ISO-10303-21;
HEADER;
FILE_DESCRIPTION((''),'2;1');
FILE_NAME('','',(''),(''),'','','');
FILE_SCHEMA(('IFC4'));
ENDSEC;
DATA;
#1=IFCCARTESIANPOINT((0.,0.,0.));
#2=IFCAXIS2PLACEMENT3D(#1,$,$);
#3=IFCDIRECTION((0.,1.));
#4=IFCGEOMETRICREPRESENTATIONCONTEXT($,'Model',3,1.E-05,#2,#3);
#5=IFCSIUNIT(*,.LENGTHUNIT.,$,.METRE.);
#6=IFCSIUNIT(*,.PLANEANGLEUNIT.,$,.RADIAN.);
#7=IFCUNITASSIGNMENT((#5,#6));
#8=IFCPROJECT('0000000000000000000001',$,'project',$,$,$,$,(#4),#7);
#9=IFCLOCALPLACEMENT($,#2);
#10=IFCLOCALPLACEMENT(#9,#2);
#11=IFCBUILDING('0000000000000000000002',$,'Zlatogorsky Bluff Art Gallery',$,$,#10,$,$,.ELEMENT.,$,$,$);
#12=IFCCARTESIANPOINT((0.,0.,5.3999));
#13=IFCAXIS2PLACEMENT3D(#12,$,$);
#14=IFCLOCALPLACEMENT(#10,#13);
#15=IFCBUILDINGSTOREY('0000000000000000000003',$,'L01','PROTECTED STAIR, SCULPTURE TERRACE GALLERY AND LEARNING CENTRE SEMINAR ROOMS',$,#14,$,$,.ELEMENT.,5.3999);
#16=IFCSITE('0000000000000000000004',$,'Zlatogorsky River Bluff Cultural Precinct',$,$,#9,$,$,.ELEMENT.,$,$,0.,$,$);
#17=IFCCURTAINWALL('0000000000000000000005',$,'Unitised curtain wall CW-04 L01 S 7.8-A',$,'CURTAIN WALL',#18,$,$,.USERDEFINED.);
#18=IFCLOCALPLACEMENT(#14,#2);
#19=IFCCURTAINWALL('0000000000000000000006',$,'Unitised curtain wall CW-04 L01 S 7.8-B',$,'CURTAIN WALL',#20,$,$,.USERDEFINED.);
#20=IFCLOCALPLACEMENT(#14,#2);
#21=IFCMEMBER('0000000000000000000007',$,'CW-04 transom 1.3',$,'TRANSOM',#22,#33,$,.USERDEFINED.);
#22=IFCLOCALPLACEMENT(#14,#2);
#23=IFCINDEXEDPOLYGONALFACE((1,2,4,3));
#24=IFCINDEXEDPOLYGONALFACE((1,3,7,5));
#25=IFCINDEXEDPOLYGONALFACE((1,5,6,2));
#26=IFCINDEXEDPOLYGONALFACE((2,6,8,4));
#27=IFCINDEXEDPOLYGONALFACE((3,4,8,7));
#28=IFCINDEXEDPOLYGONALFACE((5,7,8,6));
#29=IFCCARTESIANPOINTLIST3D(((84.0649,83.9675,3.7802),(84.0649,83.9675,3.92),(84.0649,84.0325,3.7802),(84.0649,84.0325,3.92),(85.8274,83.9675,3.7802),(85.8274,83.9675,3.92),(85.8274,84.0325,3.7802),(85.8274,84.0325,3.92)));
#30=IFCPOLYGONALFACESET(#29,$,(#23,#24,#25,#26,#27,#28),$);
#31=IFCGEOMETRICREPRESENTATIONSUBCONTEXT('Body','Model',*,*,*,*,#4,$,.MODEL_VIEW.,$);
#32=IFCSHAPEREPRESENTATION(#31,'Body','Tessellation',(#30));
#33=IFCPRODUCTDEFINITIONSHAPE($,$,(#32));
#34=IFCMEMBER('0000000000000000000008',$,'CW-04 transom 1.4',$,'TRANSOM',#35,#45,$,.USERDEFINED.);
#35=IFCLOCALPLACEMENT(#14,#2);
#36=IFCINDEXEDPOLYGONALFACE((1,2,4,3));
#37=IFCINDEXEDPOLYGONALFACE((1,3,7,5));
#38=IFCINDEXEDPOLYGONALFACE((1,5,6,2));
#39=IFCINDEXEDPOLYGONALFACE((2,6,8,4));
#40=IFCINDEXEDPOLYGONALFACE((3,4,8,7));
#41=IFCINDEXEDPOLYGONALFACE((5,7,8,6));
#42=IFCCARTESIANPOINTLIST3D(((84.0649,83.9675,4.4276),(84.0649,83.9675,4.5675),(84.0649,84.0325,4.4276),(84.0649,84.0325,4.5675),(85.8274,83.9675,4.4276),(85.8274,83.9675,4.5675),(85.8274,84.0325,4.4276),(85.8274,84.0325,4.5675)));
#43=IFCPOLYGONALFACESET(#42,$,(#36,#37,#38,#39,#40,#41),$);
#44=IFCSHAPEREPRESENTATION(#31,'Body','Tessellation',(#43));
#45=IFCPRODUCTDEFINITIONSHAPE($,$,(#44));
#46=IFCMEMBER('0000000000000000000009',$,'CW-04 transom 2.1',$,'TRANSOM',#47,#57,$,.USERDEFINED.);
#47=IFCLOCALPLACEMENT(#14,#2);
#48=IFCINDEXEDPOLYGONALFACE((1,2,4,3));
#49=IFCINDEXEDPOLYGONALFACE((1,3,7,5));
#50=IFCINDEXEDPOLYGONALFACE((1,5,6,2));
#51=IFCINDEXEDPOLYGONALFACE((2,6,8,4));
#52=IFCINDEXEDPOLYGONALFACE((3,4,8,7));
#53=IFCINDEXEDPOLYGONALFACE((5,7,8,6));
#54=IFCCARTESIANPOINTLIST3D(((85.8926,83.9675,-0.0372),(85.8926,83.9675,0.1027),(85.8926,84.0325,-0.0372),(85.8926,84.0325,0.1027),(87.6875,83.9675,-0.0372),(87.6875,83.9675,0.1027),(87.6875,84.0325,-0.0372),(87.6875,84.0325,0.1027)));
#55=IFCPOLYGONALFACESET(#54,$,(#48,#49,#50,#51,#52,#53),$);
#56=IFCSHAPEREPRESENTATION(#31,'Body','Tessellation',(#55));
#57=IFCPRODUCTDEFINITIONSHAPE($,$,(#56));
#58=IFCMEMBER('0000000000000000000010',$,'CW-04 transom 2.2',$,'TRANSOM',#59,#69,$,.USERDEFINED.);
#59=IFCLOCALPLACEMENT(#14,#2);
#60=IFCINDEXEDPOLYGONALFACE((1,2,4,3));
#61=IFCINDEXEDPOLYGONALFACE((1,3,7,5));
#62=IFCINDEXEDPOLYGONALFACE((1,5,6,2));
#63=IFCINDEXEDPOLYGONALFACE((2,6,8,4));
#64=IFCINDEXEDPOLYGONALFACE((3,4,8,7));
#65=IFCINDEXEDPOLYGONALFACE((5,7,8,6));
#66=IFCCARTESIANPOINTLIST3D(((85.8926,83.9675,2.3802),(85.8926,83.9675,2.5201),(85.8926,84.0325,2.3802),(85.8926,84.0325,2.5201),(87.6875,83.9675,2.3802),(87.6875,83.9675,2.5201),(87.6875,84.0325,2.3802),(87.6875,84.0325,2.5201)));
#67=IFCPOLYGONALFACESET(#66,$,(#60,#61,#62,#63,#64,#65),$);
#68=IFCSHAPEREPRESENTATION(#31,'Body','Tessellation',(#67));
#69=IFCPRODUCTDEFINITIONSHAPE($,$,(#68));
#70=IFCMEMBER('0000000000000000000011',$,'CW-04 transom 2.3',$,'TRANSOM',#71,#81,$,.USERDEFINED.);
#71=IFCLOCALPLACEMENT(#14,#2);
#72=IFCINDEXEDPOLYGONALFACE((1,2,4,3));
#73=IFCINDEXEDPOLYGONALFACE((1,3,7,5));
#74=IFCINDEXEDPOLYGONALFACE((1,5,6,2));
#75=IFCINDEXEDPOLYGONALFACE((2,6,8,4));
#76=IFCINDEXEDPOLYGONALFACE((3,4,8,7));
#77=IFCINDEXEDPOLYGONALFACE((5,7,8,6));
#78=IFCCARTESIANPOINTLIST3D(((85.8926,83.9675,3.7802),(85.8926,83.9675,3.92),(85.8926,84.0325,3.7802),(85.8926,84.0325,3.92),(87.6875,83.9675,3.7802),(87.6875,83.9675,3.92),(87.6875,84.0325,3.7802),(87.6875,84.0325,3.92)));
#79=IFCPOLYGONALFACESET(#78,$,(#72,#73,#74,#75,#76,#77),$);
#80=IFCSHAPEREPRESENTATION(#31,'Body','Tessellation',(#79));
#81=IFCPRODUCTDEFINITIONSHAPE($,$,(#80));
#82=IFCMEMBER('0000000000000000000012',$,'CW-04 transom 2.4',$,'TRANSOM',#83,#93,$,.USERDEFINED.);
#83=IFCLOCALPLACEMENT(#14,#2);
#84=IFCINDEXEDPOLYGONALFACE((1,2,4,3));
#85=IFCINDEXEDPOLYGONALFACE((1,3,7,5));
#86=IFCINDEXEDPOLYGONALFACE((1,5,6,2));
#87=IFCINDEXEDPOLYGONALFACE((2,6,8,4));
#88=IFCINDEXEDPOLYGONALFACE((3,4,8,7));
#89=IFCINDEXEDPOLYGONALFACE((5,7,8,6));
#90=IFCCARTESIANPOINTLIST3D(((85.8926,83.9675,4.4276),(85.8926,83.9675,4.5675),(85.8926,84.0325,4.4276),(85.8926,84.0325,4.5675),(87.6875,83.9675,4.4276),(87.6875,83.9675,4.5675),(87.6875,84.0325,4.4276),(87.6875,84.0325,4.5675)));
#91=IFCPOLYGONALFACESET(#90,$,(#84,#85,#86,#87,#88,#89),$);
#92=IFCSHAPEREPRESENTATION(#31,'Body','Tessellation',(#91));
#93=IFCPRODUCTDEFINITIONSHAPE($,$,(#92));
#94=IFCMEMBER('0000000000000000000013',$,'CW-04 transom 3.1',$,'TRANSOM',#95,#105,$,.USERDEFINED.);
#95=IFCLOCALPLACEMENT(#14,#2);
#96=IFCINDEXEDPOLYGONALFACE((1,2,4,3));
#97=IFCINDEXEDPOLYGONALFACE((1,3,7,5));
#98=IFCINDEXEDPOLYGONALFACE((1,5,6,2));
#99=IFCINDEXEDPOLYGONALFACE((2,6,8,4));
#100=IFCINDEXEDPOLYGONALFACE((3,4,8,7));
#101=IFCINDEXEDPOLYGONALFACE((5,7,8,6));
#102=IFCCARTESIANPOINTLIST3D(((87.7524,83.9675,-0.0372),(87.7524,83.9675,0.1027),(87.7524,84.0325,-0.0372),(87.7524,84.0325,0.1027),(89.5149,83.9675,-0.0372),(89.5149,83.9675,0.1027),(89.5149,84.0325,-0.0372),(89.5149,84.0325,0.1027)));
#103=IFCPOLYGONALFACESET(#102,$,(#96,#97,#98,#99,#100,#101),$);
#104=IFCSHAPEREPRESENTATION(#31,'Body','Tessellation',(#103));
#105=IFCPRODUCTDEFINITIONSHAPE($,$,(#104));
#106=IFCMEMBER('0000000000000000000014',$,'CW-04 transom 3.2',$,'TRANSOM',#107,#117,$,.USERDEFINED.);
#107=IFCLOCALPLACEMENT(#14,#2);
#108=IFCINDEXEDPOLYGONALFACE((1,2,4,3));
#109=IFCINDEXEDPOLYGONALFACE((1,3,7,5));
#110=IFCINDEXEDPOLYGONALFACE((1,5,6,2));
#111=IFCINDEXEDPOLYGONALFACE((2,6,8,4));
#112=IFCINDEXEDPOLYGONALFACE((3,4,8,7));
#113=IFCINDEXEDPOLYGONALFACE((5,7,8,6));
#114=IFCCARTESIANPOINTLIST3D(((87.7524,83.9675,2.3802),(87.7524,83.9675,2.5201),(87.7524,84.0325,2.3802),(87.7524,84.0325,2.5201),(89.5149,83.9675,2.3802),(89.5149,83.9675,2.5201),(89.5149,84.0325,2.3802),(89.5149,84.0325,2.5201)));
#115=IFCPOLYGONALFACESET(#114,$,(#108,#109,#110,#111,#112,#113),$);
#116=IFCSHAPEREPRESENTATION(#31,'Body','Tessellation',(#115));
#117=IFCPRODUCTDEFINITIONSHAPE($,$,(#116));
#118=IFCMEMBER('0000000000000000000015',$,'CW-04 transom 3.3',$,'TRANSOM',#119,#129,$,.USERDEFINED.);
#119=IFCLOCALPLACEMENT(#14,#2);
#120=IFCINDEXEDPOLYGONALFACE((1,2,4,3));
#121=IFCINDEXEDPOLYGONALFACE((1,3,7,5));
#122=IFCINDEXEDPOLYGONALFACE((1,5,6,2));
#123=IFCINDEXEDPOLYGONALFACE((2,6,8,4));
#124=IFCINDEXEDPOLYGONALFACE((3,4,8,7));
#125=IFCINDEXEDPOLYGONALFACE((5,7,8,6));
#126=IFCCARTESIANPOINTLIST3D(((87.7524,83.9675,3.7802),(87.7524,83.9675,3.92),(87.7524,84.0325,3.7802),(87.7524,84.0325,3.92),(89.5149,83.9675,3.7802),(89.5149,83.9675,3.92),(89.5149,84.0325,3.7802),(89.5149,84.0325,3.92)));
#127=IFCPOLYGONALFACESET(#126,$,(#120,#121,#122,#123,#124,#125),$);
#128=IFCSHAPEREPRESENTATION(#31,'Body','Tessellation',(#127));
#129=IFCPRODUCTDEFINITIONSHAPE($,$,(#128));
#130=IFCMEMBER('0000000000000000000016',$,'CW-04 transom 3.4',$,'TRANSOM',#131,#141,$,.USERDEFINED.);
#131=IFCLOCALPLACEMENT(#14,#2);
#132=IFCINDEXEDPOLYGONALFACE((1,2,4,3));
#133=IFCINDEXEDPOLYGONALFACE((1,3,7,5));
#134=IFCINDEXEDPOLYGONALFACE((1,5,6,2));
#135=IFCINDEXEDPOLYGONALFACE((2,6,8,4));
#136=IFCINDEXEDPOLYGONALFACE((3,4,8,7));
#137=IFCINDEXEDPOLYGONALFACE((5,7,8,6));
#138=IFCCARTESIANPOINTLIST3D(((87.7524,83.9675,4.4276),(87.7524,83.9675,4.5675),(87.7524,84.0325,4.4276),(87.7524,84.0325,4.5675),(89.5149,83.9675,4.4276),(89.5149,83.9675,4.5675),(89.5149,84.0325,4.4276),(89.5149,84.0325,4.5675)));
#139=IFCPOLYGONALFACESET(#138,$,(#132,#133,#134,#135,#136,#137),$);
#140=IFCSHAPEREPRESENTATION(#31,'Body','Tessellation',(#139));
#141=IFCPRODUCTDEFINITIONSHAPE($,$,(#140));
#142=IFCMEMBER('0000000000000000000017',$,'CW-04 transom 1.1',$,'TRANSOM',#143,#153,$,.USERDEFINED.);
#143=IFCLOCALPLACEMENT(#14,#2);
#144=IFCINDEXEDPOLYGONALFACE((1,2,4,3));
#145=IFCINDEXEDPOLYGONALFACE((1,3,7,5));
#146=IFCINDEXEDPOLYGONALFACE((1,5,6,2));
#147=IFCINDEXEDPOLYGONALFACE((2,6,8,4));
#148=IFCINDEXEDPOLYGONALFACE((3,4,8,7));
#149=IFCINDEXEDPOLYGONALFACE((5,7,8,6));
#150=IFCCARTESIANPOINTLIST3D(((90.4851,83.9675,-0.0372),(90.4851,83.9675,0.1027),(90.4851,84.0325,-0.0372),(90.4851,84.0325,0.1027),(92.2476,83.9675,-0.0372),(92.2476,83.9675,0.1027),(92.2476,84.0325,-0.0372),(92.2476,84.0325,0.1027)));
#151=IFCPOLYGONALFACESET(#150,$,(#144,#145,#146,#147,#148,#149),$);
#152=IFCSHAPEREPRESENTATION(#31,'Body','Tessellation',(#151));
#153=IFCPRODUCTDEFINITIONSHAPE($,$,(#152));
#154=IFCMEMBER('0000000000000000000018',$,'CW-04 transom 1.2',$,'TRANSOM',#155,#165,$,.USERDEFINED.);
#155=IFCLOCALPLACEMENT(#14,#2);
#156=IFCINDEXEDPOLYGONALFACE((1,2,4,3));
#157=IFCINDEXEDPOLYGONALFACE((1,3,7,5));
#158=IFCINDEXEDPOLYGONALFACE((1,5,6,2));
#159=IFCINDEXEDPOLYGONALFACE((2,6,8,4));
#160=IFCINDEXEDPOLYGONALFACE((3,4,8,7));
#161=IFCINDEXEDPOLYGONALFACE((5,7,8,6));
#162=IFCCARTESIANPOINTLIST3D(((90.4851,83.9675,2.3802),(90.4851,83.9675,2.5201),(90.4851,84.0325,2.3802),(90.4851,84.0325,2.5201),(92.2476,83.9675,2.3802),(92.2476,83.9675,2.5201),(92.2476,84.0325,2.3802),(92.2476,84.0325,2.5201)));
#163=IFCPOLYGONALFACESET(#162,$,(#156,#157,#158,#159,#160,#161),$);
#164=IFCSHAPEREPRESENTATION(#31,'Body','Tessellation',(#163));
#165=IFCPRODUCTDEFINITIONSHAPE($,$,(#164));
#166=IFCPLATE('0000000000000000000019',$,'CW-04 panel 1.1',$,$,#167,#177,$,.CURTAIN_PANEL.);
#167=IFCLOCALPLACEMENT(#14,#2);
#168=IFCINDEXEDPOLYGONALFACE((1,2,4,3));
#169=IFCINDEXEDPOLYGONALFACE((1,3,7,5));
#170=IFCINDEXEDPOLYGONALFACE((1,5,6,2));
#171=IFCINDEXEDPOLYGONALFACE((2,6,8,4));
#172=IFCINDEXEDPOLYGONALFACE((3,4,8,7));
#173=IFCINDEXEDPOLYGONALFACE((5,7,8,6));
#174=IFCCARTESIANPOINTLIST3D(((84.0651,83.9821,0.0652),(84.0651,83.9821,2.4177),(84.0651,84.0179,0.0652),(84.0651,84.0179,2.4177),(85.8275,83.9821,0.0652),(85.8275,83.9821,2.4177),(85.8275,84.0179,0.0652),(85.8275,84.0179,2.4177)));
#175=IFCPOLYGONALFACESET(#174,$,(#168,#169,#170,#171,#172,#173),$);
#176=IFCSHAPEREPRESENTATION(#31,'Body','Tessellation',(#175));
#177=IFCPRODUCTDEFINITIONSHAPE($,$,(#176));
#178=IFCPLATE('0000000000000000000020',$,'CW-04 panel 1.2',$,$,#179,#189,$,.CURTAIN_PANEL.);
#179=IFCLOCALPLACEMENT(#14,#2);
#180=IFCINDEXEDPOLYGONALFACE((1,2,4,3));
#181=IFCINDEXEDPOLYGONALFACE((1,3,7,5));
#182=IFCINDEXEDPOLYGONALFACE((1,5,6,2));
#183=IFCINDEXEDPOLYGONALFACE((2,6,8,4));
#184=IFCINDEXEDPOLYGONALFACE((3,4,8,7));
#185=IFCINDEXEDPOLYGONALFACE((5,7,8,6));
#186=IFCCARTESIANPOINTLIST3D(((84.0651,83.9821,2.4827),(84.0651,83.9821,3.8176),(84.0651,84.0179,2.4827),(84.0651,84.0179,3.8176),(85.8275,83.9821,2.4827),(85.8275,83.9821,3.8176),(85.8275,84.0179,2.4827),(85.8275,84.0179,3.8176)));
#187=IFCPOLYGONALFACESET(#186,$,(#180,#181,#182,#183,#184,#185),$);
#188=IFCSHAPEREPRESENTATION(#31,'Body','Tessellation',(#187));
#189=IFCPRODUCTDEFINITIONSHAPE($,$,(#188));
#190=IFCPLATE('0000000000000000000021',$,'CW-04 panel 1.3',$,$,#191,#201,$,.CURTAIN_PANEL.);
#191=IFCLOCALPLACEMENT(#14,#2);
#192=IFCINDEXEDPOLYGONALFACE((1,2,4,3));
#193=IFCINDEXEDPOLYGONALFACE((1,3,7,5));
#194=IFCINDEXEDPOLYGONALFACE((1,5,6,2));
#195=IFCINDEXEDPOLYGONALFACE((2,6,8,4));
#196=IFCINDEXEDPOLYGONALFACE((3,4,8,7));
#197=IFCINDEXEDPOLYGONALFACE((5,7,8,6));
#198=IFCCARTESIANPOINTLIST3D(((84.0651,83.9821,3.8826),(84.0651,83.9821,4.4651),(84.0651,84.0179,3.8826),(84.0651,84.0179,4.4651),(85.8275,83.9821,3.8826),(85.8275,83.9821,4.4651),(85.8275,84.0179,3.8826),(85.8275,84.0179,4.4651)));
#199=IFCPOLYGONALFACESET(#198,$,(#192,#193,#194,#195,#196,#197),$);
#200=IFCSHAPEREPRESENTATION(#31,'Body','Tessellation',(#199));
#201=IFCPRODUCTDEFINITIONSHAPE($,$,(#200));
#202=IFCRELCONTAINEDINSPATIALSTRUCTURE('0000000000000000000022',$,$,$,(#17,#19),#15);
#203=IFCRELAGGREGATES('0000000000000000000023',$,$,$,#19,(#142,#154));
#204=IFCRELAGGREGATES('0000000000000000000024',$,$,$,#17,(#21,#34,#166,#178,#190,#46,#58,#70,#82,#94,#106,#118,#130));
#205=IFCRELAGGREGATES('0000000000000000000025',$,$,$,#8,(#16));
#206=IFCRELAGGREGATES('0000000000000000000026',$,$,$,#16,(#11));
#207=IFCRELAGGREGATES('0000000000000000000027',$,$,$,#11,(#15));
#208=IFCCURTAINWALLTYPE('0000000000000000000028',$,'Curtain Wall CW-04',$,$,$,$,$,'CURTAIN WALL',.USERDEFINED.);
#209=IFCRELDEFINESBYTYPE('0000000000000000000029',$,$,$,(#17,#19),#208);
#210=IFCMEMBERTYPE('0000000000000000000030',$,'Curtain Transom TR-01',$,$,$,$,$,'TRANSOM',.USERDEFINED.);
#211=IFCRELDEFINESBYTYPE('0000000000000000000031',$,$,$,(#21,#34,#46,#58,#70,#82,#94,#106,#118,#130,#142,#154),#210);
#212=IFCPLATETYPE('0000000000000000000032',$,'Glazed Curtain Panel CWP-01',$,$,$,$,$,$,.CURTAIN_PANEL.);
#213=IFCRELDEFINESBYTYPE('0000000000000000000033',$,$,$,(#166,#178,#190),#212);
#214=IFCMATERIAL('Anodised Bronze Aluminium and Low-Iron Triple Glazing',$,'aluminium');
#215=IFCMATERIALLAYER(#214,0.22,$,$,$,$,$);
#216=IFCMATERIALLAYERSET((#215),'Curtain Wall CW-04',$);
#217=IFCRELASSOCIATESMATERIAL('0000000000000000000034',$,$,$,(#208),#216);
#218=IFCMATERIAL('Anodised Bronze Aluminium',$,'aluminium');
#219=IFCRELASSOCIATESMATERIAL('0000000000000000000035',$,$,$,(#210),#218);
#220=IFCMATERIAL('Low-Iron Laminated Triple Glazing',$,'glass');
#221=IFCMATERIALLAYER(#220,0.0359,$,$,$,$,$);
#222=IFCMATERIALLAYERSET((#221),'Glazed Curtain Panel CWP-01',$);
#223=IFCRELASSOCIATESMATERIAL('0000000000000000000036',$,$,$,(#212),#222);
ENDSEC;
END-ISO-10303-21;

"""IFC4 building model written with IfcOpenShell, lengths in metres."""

from ifc_helpers import new_model, si_unit, direction, frame, origin, origin_2d, place, context, subcontext, project, spatial, rectangle, extrude, material, layer, layer_set, material_profile, profile_set, type_object, element, aggregate, save


model = new_model("IFC4")

# Units and contexts
model_context = context("Model", 3, precision=1e-05, world=origin(), true_north=direction((0.0, 1.0)))
body_context = subcontext(model_context, "Body", "Model", "MODEL_VIEW")
ifc_project = project(units=[si_unit("LENGTHUNIT", "METRE"), si_unit("PLANEANGLEUNIT", "RADIAN")], contexts=[model_context])

# Site, building, storey
site_placement = place(None, origin())
site = spatial("IfcSite", under=ifc_project, at=site_placement, Name="Zlatogorsky River Bluff Cultural Precinct", CompositionType="ELEMENT", RefElevation=0.0)
building_placement = place(site_placement, origin())
building = spatial("IfcBuilding", under=site, at=building_placement, Name="Zlatogorsky Bluff Art Gallery", CompositionType="ELEMENT")
storey_placement = place(building_placement, frame((0.0, 0.0, 5.3999)))
storey = spatial("IfcBuildingStorey", under=building, at=storey_placement, Name="L01", Description="PROTECTED STAIR, SCULPTURE TERRACE GALLERY AND LEARNING CENTRE SEMINAR ROOMS", CompositionType="ELEMENT", Elevation=5.3999)

# Curtain wall
ifc_material_1 = material(Name="Anodised Bronze Aluminium and Low-Iron Triple Glazing", Category="aluminium")
ifc_layer_1 = layer(ifc_material_1, 0.22)
ifc_layer_set_1 = layer_set([ifc_layer_1], Name="Curtain Wall CW-04")
curtain_wall_type = type_object("IfcCurtainWallType", Name="Curtain Wall CW-04", ElementType="CURTAIN WALL", PredefinedType="USERDEFINED", material=ifc_layer_set_1)
curtain_wall_1_placement = place(storey_placement, origin())
curtain_wall_1 = element("IfcCurtainWall", 1, at=curtain_wall_1_placement, inside=storey, type_object=curtain_wall_type, Name="Unitised curtain wall CW-04 L01 S 7.8-A", ObjectType="CURTAIN WALL", PredefinedType="USERDEFINED")
ifc_material_2 = material(Name="Anodised Bronze Aluminium", Category="aluminium")

# Curtain wall
curtain_wall_2_placement = place(storey_placement, origin())
curtain_wall_2 = element("IfcCurtainWall", 2, at=curtain_wall_2_placement, inside=storey, type_object=curtain_wall_type, Name="Unitised curtain wall CW-04 L01 S 7.8-B", ObjectType="CURTAIN WALL", PredefinedType="USERDEFINED")

# Members
ifc_material_profile_1 = material_profile(ifc_material_2, rectangle(XDim=0.0649, YDim=0.1399, at=origin_2d()), Name="ALU TRANSOM 65x140")
ifc_profile_set_1 = profile_set([ifc_material_profile_1], Name="Anodised Bronze Aluminium")
member_type_1 = type_object("IfcMemberType", Name="Curtain Transom TR-01", ElementType="TRANSOM", PredefinedType="USERDEFINED", material=ifc_profile_set_1)
member_1_placement = place(storey_placement, frame((84.0649, 84.0, 3.8501), z_axis=(1.0, 0.0, 0.0), x_axis=(0.0, 1.0, 0.0)))
member_1 = element("IfcMember", 3, at=member_1_placement, type_object=member_type_1, Name="CW-04 transom 1.3", ObjectType="TRANSOM", PredefinedType="USERDEFINED", context=body_context, shape_type="SweptSolid", body=[
    extrude(rectangle(XDim=0.0649, YDim=0.1399, at=origin_2d()), origin(), (0.0, 0.0, 1.0), 1.7625),
])
member_2_placement = place(storey_placement, frame((84.0649, 84.0, 4.4976), z_axis=(1.0, 0.0, 0.0), x_axis=(0.0, 1.0, 0.0)))
member_2 = element("IfcMember", 4, at=member_2_placement, type_object=member_type_1, Name="CW-04 transom 1.4", ObjectType="TRANSOM", PredefinedType="USERDEFINED", context=body_context, shape_type="SweptSolid", body=[
    extrude(rectangle(XDim=0.0649, YDim=0.1399, at=origin_2d()), origin(), (0.0, 0.0, 1.0), 1.7625),
])
member_3_placement = place(storey_placement, frame((85.8926, 84.0, 0.0327), z_axis=(1.0, 0.0, 0.0), x_axis=(0.0, 1.0, 0.0)))
member_3 = element("IfcMember", 5, at=member_3_placement, type_object=member_type_1, Name="CW-04 transom 2.1", ObjectType="TRANSOM", PredefinedType="USERDEFINED", context=body_context, shape_type="SweptSolid", body=[
    extrude(rectangle(XDim=0.0649, YDim=0.1399, at=origin_2d()), origin(), (0.0, 0.0, 1.0), 1.7949),
])
member_4_placement = place(storey_placement, frame((85.8926, 84.0, 2.4502), z_axis=(1.0, 0.0, 0.0), x_axis=(0.0, 1.0, 0.0)))
member_4 = element("IfcMember", 6, at=member_4_placement, type_object=member_type_1, Name="CW-04 transom 2.2", ObjectType="TRANSOM", PredefinedType="USERDEFINED", context=body_context, shape_type="SweptSolid", body=[
    extrude(rectangle(XDim=0.0649, YDim=0.1399, at=origin_2d()), origin(), (0.0, 0.0, 1.0), 1.7949),
])
member_5_placement = place(storey_placement, frame((85.8926, 84.0, 3.8501), z_axis=(1.0, 0.0, 0.0), x_axis=(0.0, 1.0, 0.0)))
member_5 = element("IfcMember", 7, at=member_5_placement, type_object=member_type_1, Name="CW-04 transom 2.3", ObjectType="TRANSOM", PredefinedType="USERDEFINED", context=body_context, shape_type="SweptSolid", body=[
    extrude(rectangle(XDim=0.0649, YDim=0.1399, at=origin_2d()), origin(), (0.0, 0.0, 1.0), 1.7949),
])
member_6_placement = place(storey_placement, frame((85.8926, 84.0, 4.4976), z_axis=(1.0, 0.0, 0.0), x_axis=(0.0, 1.0, 0.0)))
member_6 = element("IfcMember", 8, at=member_6_placement, type_object=member_type_1, Name="CW-04 transom 2.4", ObjectType="TRANSOM", PredefinedType="USERDEFINED", context=body_context, shape_type="SweptSolid", body=[
    extrude(rectangle(XDim=0.0649, YDim=0.1399, at=origin_2d()), origin(), (0.0, 0.0, 1.0), 1.7949),
])
member_7_placement = place(storey_placement, frame((87.7524, 84.0, 0.0327), z_axis=(1.0, 0.0, 0.0), x_axis=(0.0, 1.0, 0.0)))
member_7 = element("IfcMember", 9, at=member_7_placement, type_object=member_type_1, Name="CW-04 transom 3.1", ObjectType="TRANSOM", PredefinedType="USERDEFINED", context=body_context, shape_type="SweptSolid", body=[
    extrude(rectangle(XDim=0.0649, YDim=0.1399, at=origin_2d()), origin(), (0.0, 0.0, 1.0), 1.7625),
])
member_8_placement = place(storey_placement, frame((87.7524, 84.0, 2.4502), z_axis=(1.0, 0.0, 0.0), x_axis=(0.0, 1.0, 0.0)))
member_8 = element("IfcMember", 10, at=member_8_placement, type_object=member_type_1, Name="CW-04 transom 3.2", ObjectType="TRANSOM", PredefinedType="USERDEFINED", context=body_context, shape_type="SweptSolid", body=[
    extrude(rectangle(XDim=0.0649, YDim=0.1399, at=origin_2d()), origin(), (0.0, 0.0, 1.0), 1.7625),
])
member_9_placement = place(storey_placement, frame((87.7524, 84.0, 3.8501), z_axis=(1.0, 0.0, 0.0), x_axis=(0.0, 1.0, 0.0)))
member_9 = element("IfcMember", 11, at=member_9_placement, type_object=member_type_1, Name="CW-04 transom 3.3", ObjectType="TRANSOM", PredefinedType="USERDEFINED", context=body_context, shape_type="SweptSolid", body=[
    extrude(rectangle(XDim=0.0649, YDim=0.1399, at=origin_2d()), origin(), (0.0, 0.0, 1.0), 1.7625),
])
member_10_placement = place(storey_placement, frame((87.7524, 84.0, 4.4976), z_axis=(1.0, 0.0, 0.0), x_axis=(0.0, 1.0, 0.0)))
member_10 = element("IfcMember", 12, at=member_10_placement, type_object=member_type_1, Name="CW-04 transom 3.4", ObjectType="TRANSOM", PredefinedType="USERDEFINED", context=body_context, shape_type="SweptSolid", body=[
    extrude(rectangle(XDim=0.0649, YDim=0.1399, at=origin_2d()), origin(), (0.0, 0.0, 1.0), 1.7625),
])
member_11_placement = place(storey_placement, frame((90.4851, 84.0, 0.0327), z_axis=(1.0, 0.0, 0.0), x_axis=(0.0, 1.0, 0.0)))
member_11 = element("IfcMember", 13, at=member_11_placement, type_object=member_type_1, Name="CW-04 transom 1.1", ObjectType="TRANSOM", PredefinedType="USERDEFINED", context=body_context, shape_type="SweptSolid", body=[
    extrude(rectangle(XDim=0.0649, YDim=0.1399, at=origin_2d()), origin(), (0.0, 0.0, 1.0), 1.7625),
])
member_12_placement = place(storey_placement, frame((90.4851, 84.0, 2.4502), z_axis=(1.0, 0.0, 0.0), x_axis=(0.0, 1.0, 0.0)))
member_12 = element("IfcMember", 14, at=member_12_placement, type_object=member_type_1, Name="CW-04 transom 1.2", ObjectType="TRANSOM", PredefinedType="USERDEFINED", context=body_context, shape_type="SweptSolid", body=[
    extrude(rectangle(XDim=0.0649, YDim=0.1399, at=origin_2d()), origin(), (0.0, 0.0, 1.0), 1.7625),
])
aggregate(curtain_wall_2, [member_11, member_12])

# Plates
ifc_material_3 = material(Name="Low-Iron Laminated Triple Glazing", Category="glass")
ifc_layer_2 = layer(ifc_material_3, 0.0359)
ifc_layer_set_2 = layer_set([ifc_layer_2], Name="Glazed Curtain Panel CWP-01")
plate_type = type_object("IfcPlateType", Name="Glazed Curtain Panel CWP-01", PredefinedType="CURTAIN_PANEL", material=ifc_layer_set_2)
plate_1_placement = place(storey_placement, frame((84.9463, 84.0, 0.0652), z_axis=(0.0, 0.0, 1.0), x_axis=(1.0, 0.0, 0.0)))
plate_1 = element("IfcPlate", 15, at=plate_1_placement, type_object=plate_type, Name="CW-04 panel 1.1", PredefinedType="CURTAIN_PANEL", context=body_context, shape_type="SweptSolid", body=[
    extrude(rectangle(XDim=1.7625, YDim=0.0359, at=origin_2d()), origin(), (0.0, 0.0, 1.0), 2.3525),
])
plate_2_placement = place(storey_placement, frame((84.9463, 84.0, 2.4827), z_axis=(0.0, 0.0, 1.0), x_axis=(1.0, 0.0, 0.0)))
plate_2 = element("IfcPlate", 16, at=plate_2_placement, type_object=plate_type, Name="CW-04 panel 1.2", PredefinedType="CURTAIN_PANEL", context=body_context, shape_type="SweptSolid", body=[
    extrude(rectangle(XDim=1.7625, YDim=0.0359, at=origin_2d()), origin(), (0.0, 0.0, 1.0), 1.335),
])
plate_3_placement = place(storey_placement, frame((84.9463, 84.0, 3.8826), z_axis=(0.0, 0.0, 1.0), x_axis=(1.0, 0.0, 0.0)))
plate_3 = element("IfcPlate", 17, at=plate_3_placement, type_object=plate_type, Name="CW-04 panel 1.3", PredefinedType="CURTAIN_PANEL", context=body_context, shape_type="SweptSolid", body=[
    extrude(rectangle(XDim=1.7625, YDim=0.0359, at=origin_2d()), origin(), (0.0, 0.0, 1.0), 0.5825),
])
aggregate(curtain_wall_1, [member_1, member_2, plate_1, plate_2, plate_3, member_3, member_4, member_5, member_6, member_7, member_8, member_9, member_10])

save(model, "model.ifc")
